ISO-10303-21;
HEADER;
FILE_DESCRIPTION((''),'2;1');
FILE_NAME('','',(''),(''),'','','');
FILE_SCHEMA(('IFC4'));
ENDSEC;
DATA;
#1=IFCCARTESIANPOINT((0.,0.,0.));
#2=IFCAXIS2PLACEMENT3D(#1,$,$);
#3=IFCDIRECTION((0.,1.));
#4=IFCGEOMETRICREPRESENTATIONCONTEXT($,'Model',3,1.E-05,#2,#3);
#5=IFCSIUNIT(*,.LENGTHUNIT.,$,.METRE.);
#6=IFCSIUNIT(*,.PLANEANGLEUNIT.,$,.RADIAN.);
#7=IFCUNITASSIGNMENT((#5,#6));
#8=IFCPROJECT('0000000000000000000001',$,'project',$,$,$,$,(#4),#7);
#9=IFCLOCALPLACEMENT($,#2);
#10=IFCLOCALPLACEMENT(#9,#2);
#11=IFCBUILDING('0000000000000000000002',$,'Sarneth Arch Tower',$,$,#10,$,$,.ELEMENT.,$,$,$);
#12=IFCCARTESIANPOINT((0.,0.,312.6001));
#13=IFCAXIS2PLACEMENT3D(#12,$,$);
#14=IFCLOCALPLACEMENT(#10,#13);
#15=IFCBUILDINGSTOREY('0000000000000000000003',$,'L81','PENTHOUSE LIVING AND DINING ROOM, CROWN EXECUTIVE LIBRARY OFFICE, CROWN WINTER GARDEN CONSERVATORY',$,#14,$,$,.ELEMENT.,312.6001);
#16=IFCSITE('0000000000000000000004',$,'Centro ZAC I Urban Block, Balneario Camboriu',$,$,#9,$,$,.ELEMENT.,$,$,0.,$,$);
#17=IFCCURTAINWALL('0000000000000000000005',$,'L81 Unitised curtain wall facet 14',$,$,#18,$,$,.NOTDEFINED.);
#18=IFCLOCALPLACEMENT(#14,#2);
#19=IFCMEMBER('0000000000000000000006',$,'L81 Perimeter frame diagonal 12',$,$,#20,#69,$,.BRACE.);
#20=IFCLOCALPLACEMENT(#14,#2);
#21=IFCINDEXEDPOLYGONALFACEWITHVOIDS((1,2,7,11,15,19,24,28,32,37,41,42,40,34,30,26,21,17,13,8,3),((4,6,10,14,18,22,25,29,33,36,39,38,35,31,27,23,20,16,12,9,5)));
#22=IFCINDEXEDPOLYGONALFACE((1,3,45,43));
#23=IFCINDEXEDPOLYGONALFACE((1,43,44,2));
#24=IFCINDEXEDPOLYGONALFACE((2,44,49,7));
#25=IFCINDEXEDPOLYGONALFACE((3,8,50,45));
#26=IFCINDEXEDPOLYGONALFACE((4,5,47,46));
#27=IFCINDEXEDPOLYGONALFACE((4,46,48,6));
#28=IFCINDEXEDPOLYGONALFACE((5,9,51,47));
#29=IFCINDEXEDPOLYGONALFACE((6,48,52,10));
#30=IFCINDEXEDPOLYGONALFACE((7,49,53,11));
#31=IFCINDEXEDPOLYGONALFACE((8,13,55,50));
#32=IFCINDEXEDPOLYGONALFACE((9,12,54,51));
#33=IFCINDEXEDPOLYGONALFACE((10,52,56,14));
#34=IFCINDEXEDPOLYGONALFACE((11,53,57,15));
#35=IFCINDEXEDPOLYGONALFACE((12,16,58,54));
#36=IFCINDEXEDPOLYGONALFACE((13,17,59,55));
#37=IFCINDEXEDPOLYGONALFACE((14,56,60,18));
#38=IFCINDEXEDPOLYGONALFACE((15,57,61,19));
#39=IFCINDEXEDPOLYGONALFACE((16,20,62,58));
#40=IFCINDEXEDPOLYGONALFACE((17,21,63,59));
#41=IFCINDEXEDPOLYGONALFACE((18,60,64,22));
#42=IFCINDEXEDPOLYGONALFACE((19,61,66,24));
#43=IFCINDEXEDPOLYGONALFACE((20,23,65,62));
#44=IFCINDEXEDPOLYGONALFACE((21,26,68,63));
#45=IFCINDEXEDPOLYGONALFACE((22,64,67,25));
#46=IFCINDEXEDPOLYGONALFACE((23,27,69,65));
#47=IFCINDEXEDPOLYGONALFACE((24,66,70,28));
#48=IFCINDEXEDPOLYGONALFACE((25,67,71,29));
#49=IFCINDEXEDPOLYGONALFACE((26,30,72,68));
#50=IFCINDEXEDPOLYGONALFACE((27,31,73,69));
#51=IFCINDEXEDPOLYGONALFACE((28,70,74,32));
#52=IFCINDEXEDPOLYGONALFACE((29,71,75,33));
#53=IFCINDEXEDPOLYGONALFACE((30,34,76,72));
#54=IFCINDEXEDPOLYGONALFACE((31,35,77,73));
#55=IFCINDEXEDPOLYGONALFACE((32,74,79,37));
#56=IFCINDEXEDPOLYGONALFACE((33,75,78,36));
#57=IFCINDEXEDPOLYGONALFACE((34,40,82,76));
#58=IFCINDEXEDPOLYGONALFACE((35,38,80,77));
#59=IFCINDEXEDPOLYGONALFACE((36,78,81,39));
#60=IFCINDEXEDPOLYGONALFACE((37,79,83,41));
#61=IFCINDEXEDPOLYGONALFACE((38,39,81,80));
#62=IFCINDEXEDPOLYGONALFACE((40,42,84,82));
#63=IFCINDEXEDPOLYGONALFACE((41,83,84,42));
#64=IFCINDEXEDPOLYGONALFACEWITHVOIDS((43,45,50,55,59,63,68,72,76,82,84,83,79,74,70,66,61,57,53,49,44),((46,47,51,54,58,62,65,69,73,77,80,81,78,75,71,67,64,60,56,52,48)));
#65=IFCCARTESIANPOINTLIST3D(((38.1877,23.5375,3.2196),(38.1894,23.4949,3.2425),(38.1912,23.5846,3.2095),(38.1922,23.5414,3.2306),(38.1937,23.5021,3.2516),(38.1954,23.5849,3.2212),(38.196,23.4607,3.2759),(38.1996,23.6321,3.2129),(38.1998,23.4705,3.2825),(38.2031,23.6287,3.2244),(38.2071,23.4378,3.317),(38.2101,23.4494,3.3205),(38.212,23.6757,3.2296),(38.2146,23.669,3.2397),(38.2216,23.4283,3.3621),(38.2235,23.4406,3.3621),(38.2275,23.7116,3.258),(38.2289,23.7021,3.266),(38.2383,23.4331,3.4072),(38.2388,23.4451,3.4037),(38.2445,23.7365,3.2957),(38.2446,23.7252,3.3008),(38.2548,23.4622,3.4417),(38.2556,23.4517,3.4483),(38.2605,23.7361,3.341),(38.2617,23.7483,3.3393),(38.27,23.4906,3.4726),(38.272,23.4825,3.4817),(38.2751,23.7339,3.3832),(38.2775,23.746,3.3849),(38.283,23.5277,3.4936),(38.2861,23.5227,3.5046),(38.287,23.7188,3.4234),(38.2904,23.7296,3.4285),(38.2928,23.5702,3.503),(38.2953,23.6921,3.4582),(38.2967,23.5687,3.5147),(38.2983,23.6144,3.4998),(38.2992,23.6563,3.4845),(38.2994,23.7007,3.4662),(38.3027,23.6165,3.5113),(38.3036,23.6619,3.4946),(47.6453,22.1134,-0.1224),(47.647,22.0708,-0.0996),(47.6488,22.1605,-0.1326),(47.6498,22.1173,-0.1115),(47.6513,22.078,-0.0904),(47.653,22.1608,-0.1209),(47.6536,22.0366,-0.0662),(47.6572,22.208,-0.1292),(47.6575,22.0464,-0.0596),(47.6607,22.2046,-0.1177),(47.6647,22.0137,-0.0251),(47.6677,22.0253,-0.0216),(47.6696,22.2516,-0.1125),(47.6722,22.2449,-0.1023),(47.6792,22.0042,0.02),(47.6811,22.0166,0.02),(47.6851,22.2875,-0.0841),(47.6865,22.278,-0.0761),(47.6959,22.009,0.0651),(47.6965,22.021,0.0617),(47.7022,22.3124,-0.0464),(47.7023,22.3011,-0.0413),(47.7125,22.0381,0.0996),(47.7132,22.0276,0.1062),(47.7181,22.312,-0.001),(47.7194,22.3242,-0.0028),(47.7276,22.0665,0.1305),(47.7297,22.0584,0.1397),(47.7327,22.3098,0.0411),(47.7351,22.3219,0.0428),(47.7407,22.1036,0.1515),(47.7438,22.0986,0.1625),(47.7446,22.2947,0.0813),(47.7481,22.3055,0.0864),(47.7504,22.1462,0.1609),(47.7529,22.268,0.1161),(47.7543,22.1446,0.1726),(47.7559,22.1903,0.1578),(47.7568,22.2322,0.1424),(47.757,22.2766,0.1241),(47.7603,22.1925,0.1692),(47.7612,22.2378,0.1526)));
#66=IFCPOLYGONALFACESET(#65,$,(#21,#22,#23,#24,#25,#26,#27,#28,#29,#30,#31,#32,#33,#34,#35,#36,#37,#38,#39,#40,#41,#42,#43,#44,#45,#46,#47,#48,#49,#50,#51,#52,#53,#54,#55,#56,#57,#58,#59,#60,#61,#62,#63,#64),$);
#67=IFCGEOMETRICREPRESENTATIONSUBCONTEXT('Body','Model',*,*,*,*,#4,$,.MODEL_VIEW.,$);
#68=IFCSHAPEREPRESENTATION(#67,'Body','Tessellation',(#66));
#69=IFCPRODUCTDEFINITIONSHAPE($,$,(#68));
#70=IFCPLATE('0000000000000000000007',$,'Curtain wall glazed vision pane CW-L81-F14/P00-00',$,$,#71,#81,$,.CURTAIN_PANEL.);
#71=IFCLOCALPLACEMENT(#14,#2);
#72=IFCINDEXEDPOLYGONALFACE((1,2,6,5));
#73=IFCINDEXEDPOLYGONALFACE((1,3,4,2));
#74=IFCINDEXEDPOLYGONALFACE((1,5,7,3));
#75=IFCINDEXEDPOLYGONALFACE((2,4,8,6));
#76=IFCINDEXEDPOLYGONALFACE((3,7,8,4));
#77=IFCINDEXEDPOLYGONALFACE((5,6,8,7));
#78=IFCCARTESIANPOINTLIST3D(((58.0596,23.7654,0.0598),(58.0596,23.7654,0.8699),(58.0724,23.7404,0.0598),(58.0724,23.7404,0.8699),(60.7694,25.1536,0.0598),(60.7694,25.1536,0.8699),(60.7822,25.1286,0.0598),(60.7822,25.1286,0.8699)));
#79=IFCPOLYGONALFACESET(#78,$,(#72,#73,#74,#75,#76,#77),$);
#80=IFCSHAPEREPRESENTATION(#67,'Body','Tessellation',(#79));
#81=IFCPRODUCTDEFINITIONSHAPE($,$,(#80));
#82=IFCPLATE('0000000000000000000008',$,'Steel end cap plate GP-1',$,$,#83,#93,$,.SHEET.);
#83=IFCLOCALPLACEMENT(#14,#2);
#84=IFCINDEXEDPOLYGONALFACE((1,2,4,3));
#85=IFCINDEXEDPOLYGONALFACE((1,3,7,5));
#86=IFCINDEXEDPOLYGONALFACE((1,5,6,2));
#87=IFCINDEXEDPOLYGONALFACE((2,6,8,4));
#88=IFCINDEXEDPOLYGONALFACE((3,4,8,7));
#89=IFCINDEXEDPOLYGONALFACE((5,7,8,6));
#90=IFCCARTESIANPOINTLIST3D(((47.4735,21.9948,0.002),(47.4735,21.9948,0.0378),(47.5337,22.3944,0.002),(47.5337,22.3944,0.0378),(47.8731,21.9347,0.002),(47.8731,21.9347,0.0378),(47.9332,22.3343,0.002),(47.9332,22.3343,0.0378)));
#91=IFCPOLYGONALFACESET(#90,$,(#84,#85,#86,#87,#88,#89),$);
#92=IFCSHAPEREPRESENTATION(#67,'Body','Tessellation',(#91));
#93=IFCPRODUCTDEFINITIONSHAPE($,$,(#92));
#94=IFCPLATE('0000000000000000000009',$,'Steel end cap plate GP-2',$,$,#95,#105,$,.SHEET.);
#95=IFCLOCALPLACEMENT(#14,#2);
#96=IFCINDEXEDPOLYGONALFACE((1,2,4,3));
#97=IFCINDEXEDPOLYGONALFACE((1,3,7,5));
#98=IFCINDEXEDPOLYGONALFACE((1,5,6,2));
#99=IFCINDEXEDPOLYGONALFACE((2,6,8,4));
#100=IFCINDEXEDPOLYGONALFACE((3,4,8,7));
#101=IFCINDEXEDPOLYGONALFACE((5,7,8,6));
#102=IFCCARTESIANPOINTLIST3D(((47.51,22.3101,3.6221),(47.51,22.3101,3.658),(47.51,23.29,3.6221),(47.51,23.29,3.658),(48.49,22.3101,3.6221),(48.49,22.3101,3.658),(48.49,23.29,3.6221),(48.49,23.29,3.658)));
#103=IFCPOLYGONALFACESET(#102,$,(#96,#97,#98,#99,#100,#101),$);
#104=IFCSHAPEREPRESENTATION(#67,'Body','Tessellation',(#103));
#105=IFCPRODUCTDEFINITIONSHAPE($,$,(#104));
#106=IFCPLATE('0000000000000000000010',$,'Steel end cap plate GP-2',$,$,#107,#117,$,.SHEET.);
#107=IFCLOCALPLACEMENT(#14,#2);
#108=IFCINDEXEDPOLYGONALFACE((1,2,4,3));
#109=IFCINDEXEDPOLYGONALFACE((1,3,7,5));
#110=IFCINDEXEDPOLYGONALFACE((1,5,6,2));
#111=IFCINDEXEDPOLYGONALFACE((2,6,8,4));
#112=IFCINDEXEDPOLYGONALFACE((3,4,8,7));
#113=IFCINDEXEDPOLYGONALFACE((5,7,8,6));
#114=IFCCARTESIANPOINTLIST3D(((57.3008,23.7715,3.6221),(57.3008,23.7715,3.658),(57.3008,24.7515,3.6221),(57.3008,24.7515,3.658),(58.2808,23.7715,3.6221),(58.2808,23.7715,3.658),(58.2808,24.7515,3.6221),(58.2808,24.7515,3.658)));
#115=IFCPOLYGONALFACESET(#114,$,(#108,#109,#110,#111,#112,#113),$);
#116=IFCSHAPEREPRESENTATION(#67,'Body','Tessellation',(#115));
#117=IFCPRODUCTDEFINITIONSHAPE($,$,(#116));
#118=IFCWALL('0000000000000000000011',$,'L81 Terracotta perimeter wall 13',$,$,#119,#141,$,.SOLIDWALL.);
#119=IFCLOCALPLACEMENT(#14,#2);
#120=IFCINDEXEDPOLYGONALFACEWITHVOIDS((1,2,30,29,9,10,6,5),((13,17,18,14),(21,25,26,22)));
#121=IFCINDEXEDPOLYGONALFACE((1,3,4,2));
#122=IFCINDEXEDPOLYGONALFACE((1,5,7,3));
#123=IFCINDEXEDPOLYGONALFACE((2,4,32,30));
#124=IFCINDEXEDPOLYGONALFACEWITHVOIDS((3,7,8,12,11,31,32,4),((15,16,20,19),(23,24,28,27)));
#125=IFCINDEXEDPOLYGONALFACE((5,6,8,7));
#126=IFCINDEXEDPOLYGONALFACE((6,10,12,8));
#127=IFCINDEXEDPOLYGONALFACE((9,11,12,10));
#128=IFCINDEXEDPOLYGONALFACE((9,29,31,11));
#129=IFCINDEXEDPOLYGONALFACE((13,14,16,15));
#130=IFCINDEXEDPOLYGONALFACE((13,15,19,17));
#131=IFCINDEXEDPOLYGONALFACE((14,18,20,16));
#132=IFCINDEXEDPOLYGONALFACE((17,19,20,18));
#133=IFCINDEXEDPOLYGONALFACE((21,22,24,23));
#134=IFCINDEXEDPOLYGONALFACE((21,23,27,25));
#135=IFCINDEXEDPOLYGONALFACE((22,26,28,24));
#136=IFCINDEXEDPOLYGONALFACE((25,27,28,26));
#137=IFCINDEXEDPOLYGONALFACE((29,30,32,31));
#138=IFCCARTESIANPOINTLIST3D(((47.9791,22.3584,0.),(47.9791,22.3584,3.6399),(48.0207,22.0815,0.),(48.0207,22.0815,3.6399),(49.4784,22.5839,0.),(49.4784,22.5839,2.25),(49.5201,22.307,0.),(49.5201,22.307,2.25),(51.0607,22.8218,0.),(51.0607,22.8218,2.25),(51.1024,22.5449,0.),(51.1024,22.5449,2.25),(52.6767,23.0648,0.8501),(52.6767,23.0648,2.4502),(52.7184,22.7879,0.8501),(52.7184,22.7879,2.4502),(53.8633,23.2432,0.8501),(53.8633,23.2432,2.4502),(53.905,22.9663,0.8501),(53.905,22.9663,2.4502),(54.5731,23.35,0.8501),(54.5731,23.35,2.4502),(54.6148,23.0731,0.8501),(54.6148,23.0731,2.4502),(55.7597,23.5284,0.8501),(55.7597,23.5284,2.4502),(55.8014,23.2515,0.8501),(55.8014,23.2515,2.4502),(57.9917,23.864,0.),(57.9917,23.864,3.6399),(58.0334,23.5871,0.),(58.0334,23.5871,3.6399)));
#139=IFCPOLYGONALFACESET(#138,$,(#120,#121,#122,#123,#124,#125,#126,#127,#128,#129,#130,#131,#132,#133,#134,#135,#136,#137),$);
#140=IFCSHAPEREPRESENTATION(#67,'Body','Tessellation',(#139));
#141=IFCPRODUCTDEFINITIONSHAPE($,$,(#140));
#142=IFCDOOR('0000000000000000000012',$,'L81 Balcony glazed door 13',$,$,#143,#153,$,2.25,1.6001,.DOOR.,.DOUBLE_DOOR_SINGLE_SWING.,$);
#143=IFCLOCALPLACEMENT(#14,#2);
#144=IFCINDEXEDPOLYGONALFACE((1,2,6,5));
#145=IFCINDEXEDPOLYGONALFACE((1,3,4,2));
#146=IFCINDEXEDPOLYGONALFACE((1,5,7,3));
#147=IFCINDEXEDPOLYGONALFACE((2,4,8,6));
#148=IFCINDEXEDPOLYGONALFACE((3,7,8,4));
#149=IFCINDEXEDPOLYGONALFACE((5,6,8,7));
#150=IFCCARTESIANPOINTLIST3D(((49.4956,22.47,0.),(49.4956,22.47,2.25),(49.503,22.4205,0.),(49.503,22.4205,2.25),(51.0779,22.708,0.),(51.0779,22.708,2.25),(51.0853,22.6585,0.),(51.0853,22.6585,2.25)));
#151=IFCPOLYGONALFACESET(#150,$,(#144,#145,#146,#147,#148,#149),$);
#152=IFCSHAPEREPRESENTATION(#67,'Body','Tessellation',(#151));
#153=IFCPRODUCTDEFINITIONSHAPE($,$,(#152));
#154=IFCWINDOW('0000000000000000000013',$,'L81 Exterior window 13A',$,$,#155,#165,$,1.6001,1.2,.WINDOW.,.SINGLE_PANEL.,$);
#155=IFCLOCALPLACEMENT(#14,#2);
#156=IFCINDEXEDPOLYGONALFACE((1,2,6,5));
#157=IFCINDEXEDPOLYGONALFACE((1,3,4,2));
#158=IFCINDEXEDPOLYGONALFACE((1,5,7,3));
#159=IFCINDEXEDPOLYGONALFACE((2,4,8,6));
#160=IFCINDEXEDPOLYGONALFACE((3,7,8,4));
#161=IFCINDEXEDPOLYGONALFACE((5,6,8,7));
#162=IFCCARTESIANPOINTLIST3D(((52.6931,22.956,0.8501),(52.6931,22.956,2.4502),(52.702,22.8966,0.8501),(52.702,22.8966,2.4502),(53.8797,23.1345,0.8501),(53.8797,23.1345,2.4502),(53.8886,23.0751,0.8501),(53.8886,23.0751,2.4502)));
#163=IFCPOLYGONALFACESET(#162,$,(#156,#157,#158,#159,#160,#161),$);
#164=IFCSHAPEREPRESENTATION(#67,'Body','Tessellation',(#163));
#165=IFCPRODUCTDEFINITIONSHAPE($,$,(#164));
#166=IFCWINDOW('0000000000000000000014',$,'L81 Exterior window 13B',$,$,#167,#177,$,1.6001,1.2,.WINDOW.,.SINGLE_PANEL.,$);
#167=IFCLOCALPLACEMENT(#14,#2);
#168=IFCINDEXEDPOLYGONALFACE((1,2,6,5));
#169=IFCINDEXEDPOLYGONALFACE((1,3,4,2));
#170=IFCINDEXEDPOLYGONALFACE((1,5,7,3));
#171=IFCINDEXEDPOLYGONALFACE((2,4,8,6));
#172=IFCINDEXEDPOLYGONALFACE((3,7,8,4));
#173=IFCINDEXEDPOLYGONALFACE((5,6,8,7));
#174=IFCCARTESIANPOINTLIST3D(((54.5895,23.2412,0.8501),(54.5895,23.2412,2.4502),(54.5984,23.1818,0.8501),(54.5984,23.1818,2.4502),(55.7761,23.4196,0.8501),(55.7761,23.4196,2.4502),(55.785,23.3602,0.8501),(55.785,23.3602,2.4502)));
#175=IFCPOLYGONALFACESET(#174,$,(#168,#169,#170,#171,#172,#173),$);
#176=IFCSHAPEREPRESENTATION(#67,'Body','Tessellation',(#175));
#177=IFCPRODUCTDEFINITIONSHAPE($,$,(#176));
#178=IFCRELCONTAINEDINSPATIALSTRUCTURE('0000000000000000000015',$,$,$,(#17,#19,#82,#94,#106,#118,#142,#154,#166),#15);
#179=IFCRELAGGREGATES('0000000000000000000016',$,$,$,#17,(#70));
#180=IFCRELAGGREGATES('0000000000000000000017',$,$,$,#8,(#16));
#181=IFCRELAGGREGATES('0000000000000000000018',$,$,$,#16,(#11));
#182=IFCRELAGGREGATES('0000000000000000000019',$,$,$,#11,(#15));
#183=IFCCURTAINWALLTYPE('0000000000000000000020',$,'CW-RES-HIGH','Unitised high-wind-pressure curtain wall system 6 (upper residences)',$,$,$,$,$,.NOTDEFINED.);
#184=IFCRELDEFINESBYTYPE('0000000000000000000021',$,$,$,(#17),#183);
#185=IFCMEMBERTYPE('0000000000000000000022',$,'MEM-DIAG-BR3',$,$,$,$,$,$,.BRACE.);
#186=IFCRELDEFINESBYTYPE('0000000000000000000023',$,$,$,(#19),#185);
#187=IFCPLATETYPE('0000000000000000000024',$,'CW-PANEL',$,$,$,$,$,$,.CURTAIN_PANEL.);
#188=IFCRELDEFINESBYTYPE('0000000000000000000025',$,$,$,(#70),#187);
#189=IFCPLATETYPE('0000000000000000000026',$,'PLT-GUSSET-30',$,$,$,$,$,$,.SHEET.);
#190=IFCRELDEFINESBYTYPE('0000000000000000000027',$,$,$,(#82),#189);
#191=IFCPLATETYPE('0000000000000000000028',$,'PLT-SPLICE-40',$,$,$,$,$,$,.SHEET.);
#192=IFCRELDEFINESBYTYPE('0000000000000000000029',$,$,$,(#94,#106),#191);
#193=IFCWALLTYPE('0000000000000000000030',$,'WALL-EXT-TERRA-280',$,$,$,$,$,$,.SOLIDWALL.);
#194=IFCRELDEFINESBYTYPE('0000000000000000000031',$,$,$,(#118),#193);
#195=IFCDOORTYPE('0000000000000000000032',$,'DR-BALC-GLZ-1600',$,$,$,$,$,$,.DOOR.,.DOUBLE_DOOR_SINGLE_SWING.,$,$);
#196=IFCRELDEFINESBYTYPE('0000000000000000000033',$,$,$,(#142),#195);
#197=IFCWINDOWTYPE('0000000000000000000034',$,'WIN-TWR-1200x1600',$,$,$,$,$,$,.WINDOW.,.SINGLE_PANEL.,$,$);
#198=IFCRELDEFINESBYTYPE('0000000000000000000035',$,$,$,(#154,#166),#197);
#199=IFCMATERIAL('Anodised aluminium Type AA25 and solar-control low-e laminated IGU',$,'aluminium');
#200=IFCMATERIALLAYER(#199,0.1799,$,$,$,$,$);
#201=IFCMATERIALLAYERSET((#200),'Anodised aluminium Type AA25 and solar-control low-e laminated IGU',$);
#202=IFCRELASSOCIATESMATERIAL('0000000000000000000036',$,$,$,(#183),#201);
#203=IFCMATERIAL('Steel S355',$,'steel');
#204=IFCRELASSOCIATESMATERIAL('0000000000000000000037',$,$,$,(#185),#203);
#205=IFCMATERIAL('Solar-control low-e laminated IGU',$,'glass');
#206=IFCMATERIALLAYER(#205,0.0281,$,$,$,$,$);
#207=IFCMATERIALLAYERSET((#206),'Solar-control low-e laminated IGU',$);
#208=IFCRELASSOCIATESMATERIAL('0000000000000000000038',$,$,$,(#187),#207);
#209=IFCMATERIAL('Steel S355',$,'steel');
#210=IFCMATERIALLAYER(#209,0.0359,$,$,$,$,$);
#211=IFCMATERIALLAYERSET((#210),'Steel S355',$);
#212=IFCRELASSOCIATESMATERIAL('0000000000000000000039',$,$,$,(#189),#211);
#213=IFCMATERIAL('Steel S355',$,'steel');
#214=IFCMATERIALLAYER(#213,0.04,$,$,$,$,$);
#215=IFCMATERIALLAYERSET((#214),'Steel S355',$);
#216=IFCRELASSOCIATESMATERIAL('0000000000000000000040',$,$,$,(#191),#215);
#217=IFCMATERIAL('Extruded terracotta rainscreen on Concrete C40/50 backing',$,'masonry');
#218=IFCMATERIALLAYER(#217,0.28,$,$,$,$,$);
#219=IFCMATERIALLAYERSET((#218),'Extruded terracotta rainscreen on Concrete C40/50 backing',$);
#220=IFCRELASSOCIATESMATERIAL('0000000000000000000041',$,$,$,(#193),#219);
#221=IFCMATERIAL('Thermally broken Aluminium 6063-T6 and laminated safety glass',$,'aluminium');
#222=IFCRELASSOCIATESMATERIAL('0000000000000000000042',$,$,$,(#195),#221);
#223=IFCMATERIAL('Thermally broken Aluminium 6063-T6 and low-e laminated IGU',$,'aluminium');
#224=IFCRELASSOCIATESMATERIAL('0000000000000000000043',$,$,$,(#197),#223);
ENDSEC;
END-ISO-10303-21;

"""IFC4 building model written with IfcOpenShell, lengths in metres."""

from ifc_helpers import new_model, si_unit, direction, frame, frame_2d, origin, origin_2d, place, context, subcontext, project, spatial, rectangle, hollow_circle, extrude, material, layer, layer_set, material_profile, profile_set, type_object, element, fill, aggregate, save


model = new_model("IFC4")

# Units and contexts
model_context = context("Model", 3, precision=1e-05, world=origin(), true_north=direction((0.0, 1.0)))
body_context = subcontext(model_context, "Body", "Model", "MODEL_VIEW")
ifc_project = project(units=[si_unit("LENGTHUNIT", "METRE"), si_unit("PLANEANGLEUNIT", "RADIAN")], contexts=[model_context])

# Site, building, storey
site_placement = place(None, origin())
site = spatial("IfcSite", under=ifc_project, at=site_placement, Name="Centro ZAC I Urban Block, Balneario Camboriu", CompositionType="ELEMENT", RefElevation=0.0)
building_placement = place(site_placement, origin())
building = spatial("IfcBuilding", under=site, at=building_placement, Name="Sarneth Arch Tower", CompositionType="ELEMENT")
storey_placement = place(building_placement, frame((0.0, 0.0, 312.6001)))
storey = spatial("IfcBuildingStorey", under=building, at=storey_placement, Name="L81", Description="PENTHOUSE LIVING AND DINING ROOM, CROWN EXECUTIVE LIBRARY OFFICE, CROWN WINTER GARDEN CONSERVATORY", CompositionType="ELEMENT", Elevation=312.6001)

# Curtain wall
ifc_material_1 = material(Name="Anodised aluminium Type AA25 and solar-control low-e laminated IGU", Category="aluminium")
ifc_layer_1 = layer(ifc_material_1, 0.1799)
ifc_layer_set_1 = layer_set([ifc_layer_1], Name="Anodised aluminium Type AA25 and solar-control low-e laminated IGU")
curtain_wall_type = type_object("IfcCurtainWallType", Name="CW-RES-HIGH", Description="Unitised high-wind-pressure curtain wall system 6 (upper residences)", PredefinedType="NOTDEFINED", material=ifc_layer_set_1)
curtain_wall_placement = place(storey_placement, origin())
curtain_wall = element("IfcCurtainWall", 1, at=curtain_wall_placement, inside=storey, type_object=curtain_wall_type, Name="L81 Unitised curtain wall facet 14", PredefinedType="NOTDEFINED")

# Member
ifc_material_2 = material(Name="Steel S355", Category="steel")
ifc_material_profile_1 = material_profile(ifc_material_2, hollow_circle(Radius=0.1621, WallThickness=0.0125, at=origin_2d()), Name="CHS324x12.5")
ifc_profile_set_1 = profile_set([ifc_material_profile_1], Name="Steel S355")
member_type_1 = type_object("IfcMemberType", Name="MEM-DIAG-BR3", PredefinedType="BRACE", material=ifc_profile_set_1)
member_1_placement = place(storey_placement, frame((47.7034, 22.1646, 0.02), z_axis=(-0.933501, 0.140563, 0.329875), x_axis=(-0.148897, -0.988853, 0.0)))
element("IfcMember", 2, at=member_1_placement, inside=storey, type_object=member_type_1, Name="L81 Perimeter frame diagonal 12", PredefinedType="BRACE", context=body_context, shape_type="SweptSolid", body=[
    extrude(hollow_circle(Radius=0.1621, WallThickness=0.0125, at=origin_2d()), origin(), (0.0, 0.0, 1.0), 10.1313),
])

# Plate
ifc_material_3 = material(Name="Solar-control low-e laminated IGU", Category="glass")
ifc_layer_2 = layer(ifc_material_3, 0.0281)
ifc_layer_set_2 = layer_set([ifc_layer_2], Name="Solar-control low-e laminated IGU")
plate_type_1 = type_object("IfcPlateType", Name="CW-PANEL", PredefinedType="CURTAIN_PANEL", material=ifc_layer_set_2)
plate_1_placement = place(storey_placement, frame((59.4209, 24.447, 0.0598), z_axis=(0.0, 0.0, 1.0), x_axis=(0.89001, 0.455942, 0.0)))
plate_1 = element("IfcPlate", 3, at=plate_1_placement, type_object=plate_type_1, Name="Curtain wall glazed vision pane CW-L81-F14/P00-00", PredefinedType="CURTAIN_PANEL", context=body_context, shape_type="SweptSolid", body=[
    extrude(rectangle(XDim=3.0447, YDim=0.0281, at=origin_2d()), origin(), (0.0, 0.0, 1.0), 0.8101),
])
aggregate(curtain_wall, [plate_1])

# Plates
ifc_material_4 = material(Name="Steel S355", Category="steel")
ifc_layer_3 = layer(ifc_material_4, 0.0359)
ifc_layer_set_3 = layer_set([ifc_layer_3], Name="Steel S355")
plate_type_2 = type_object("IfcPlateType", Name="PLT-GUSSET-30", PredefinedType="SHEET", material=ifc_layer_set_3)
plate_2_placement = place(storey_placement, frame((47.7034, 22.1646, 0.002), z_axis=(0.0, 0.0, 1.0), x_axis=(0.988861, -0.148845, 0.0)))
element("IfcPlate", 4, at=plate_2_placement, inside=storey, type_object=plate_type_2, Name="Steel end cap plate GP-1", PredefinedType="SHEET", context=body_context, shape_type="SweptSolid", body=[
    extrude(rectangle(XDim=0.4041, YDim=0.4041, at=origin_2d()), origin(), (0.0, 0.0, 1.0), 0.0359),
])
ifc_material_5 = material(Name="Steel S355", Category="steel")
ifc_layer_4 = layer(ifc_material_5, 0.04)
ifc_layer_set_4 = layer_set([ifc_layer_4], Name="Steel S355")
plate_type_3 = type_object("IfcPlateType", Name="PLT-SPLICE-40", PredefinedType="SHEET", material=ifc_layer_set_4)
for number, where, z_axis, x_axis, name in (
    (5, (48.0, 22.8, 3.6221), (0.0, 0.0, 1.0), (1.0, 0.0, 0.0), "Steel end cap plate GP-2"),
    (6, (57.7908, 24.2615, 3.6221), (0.0, 0.0, 1.0), (1.0, 0.0, 0.0), "Steel end cap plate GP-2"),
):
    element("IfcPlate", number, at=place(storey_placement, frame(where, z_axis=z_axis, x_axis=x_axis)), inside=storey, type_object=plate_type_3, Name=name, PredefinedType="SHEET", context=body_context, shape_type="SweptSolid", body=[
        extrude(rectangle(XDim=0.98, YDim=0.98, at=origin_2d()), origin(), (0.0, 0.0, 1.0), 0.0359),
    ])

# Wall, openings, door, windows
ifc_material_6 = material(Name="Extruded terracotta rainscreen on Concrete C40/50 backing", Category="masonry")
ifc_layer_5 = layer(ifc_material_6, 0.28)
ifc_layer_set_5 = layer_set([ifc_layer_5], Name="Extruded terracotta rainscreen on Concrete C40/50 backing")
wall_type_1 = type_object("IfcWallType", Name="WALL-EXT-TERRA-280", PredefinedType="SOLIDWALL", material=ifc_layer_set_5)
wall_1_placement = place(storey_placement, frame((48.0, 22.22, 0.0), z_axis=(0.0, 0.0, 1.0), x_axis=(0.988883, 0.148699, 0.0)))
wall_1 = element("IfcWall", 7, at=wall_1_placement, inside=storey, type_object=wall_type_1, Name="L81 Terracotta perimeter wall 13", PredefinedType="SOLIDWALL", context=body_context, shape_type="SweptSolid", body=[
    extrude(rectangle(XDim=10.1252, YDim=0.28, at=frame_2d((5.0625, 0.0))), origin(), (0.0, 0.0, 1.0), 3.6399),
])
opening_1_placement = place(wall_1_placement, frame((1.5161, 0.0, 0.0)))
opening_1 = element("IfcOpeningElement", 8, at=opening_1_placement, cuts=wall_1, PredefinedType="OPENING", context=body_context, shape_type="SweptSolid", body=[
    extrude(rectangle(XDim=1.6001, YDim=2.25, at=frame_2d((0.8, 1.125))), frame((0.0, 0.1499, 0.0), z_axis=(0.0, -1.0, 0.0), x_axis=(1.0, 0.0, 0.0)), (0.0, 0.0, 1.0), 0.3),
])
opening_2_placement = place(wall_1_placement, frame((4.7502, 0.0, 0.8501)))
opening_2 = element("IfcOpeningElement", 9, at=opening_2_placement, cuts=wall_1, PredefinedType="OPENING", context=body_context, shape_type="SweptSolid", body=[
    extrude(rectangle(XDim=1.2, YDim=1.6001, at=frame_2d((0.6001, 0.8))), frame((0.0, 0.1499, 0.0), z_axis=(0.0, -1.0, 0.0), x_axis=(1.0, 0.0, 0.0)), (0.0, 0.0, 1.0), 0.3),
])
opening_3_placement = place(wall_1_placement, frame((6.668, 0.0, 0.8501)))
opening_3 = element("IfcOpeningElement", 10, at=opening_3_placement, cuts=wall_1, PredefinedType="OPENING", context=body_context, shape_type="SweptSolid", body=[
    extrude(rectangle(XDim=1.2, YDim=1.6001, at=frame_2d((0.6001, 0.8))), frame((0.0, 0.1499, 0.0), z_axis=(0.0, -1.0, 0.0), x_axis=(1.0, 0.0, 0.0)), (0.0, 0.0, 1.0), 0.3),
])
ifc_material_7 = material(Name="Thermally broken Aluminium 6063-T6 and laminated safety glass", Category="aluminium")
door_type = type_object("IfcDoorType", Name="DR-BALC-GLZ-1600", OperationType="DOUBLE_DOOR_SINGLE_SWING", PredefinedType="DOOR", material=ifc_material_7)
door_placement = place(opening_1_placement, origin())
door = element("IfcDoor", 11, at=door_placement, inside=storey, type_object=door_type, Name="L81 Balcony glazed door 13", OperationType="DOUBLE_DOOR_SINGLE_SWING", OverallHeight=2.25, OverallWidth=1.6001, PredefinedType="DOOR", context=body_context, shape_type="SweptSolid", body=[
    extrude(rectangle(XDim=1.6001, YDim=2.25, at=frame_2d((0.8, 1.125))), frame((0.0, 0.0249, 0.0), z_axis=(0.0, -1.0, 0.0), x_axis=(1.0, 0.0, 0.0)), (0.0, 0.0, 1.0), 0.05),
])
fill(opening_1, door)
ifc_material_8 = material(Name="Thermally broken Aluminium 6063-T6 and low-e laminated IGU", Category="aluminium")
window_type = type_object("IfcWindowType", Name="WIN-TWR-1200x1600", PartitioningType="SINGLE_PANEL", PredefinedType="WINDOW", material=ifc_material_8)
window_1_placement = place(opening_2_placement, origin())
window_1 = element("IfcWindow", 12, at=window_1_placement, inside=storey, type_object=window_type, Name="L81 Exterior window 13A", OverallHeight=1.6001, OverallWidth=1.2, PartitioningType="SINGLE_PANEL", PredefinedType="WINDOW", context=body_context, shape_type="SweptSolid", body=[
    extrude(rectangle(XDim=1.2, YDim=1.6001, at=frame_2d((0.6001, 0.8))), frame((0.0, 0.03, 0.0), z_axis=(0.0, -1.0, 0.0), x_axis=(1.0, 0.0, 0.0)), (0.0, 0.0, 1.0), 0.0601),
])
fill(opening_2, window_1)
window_2_placement = place(opening_3_placement, origin())
window_2 = element("IfcWindow", 13, at=window_2_placement, inside=storey, type_object=window_type, Name="L81 Exterior window 13B", OverallHeight=1.6001, OverallWidth=1.2, PartitioningType="SINGLE_PANEL", PredefinedType="WINDOW", context=body_context, shape_type="SweptSolid", body=[
    extrude(rectangle(XDim=1.2, YDim=1.6001, at=frame_2d((0.6001, 0.8))), frame((0.0, 0.03, 0.0), z_axis=(0.0, -1.0, 0.0), x_axis=(1.0, 0.0, 0.0)), (0.0, 0.0, 1.0), 0.0601),
])
fill(opening_3, window_2)

save(model, "model.ifc")
